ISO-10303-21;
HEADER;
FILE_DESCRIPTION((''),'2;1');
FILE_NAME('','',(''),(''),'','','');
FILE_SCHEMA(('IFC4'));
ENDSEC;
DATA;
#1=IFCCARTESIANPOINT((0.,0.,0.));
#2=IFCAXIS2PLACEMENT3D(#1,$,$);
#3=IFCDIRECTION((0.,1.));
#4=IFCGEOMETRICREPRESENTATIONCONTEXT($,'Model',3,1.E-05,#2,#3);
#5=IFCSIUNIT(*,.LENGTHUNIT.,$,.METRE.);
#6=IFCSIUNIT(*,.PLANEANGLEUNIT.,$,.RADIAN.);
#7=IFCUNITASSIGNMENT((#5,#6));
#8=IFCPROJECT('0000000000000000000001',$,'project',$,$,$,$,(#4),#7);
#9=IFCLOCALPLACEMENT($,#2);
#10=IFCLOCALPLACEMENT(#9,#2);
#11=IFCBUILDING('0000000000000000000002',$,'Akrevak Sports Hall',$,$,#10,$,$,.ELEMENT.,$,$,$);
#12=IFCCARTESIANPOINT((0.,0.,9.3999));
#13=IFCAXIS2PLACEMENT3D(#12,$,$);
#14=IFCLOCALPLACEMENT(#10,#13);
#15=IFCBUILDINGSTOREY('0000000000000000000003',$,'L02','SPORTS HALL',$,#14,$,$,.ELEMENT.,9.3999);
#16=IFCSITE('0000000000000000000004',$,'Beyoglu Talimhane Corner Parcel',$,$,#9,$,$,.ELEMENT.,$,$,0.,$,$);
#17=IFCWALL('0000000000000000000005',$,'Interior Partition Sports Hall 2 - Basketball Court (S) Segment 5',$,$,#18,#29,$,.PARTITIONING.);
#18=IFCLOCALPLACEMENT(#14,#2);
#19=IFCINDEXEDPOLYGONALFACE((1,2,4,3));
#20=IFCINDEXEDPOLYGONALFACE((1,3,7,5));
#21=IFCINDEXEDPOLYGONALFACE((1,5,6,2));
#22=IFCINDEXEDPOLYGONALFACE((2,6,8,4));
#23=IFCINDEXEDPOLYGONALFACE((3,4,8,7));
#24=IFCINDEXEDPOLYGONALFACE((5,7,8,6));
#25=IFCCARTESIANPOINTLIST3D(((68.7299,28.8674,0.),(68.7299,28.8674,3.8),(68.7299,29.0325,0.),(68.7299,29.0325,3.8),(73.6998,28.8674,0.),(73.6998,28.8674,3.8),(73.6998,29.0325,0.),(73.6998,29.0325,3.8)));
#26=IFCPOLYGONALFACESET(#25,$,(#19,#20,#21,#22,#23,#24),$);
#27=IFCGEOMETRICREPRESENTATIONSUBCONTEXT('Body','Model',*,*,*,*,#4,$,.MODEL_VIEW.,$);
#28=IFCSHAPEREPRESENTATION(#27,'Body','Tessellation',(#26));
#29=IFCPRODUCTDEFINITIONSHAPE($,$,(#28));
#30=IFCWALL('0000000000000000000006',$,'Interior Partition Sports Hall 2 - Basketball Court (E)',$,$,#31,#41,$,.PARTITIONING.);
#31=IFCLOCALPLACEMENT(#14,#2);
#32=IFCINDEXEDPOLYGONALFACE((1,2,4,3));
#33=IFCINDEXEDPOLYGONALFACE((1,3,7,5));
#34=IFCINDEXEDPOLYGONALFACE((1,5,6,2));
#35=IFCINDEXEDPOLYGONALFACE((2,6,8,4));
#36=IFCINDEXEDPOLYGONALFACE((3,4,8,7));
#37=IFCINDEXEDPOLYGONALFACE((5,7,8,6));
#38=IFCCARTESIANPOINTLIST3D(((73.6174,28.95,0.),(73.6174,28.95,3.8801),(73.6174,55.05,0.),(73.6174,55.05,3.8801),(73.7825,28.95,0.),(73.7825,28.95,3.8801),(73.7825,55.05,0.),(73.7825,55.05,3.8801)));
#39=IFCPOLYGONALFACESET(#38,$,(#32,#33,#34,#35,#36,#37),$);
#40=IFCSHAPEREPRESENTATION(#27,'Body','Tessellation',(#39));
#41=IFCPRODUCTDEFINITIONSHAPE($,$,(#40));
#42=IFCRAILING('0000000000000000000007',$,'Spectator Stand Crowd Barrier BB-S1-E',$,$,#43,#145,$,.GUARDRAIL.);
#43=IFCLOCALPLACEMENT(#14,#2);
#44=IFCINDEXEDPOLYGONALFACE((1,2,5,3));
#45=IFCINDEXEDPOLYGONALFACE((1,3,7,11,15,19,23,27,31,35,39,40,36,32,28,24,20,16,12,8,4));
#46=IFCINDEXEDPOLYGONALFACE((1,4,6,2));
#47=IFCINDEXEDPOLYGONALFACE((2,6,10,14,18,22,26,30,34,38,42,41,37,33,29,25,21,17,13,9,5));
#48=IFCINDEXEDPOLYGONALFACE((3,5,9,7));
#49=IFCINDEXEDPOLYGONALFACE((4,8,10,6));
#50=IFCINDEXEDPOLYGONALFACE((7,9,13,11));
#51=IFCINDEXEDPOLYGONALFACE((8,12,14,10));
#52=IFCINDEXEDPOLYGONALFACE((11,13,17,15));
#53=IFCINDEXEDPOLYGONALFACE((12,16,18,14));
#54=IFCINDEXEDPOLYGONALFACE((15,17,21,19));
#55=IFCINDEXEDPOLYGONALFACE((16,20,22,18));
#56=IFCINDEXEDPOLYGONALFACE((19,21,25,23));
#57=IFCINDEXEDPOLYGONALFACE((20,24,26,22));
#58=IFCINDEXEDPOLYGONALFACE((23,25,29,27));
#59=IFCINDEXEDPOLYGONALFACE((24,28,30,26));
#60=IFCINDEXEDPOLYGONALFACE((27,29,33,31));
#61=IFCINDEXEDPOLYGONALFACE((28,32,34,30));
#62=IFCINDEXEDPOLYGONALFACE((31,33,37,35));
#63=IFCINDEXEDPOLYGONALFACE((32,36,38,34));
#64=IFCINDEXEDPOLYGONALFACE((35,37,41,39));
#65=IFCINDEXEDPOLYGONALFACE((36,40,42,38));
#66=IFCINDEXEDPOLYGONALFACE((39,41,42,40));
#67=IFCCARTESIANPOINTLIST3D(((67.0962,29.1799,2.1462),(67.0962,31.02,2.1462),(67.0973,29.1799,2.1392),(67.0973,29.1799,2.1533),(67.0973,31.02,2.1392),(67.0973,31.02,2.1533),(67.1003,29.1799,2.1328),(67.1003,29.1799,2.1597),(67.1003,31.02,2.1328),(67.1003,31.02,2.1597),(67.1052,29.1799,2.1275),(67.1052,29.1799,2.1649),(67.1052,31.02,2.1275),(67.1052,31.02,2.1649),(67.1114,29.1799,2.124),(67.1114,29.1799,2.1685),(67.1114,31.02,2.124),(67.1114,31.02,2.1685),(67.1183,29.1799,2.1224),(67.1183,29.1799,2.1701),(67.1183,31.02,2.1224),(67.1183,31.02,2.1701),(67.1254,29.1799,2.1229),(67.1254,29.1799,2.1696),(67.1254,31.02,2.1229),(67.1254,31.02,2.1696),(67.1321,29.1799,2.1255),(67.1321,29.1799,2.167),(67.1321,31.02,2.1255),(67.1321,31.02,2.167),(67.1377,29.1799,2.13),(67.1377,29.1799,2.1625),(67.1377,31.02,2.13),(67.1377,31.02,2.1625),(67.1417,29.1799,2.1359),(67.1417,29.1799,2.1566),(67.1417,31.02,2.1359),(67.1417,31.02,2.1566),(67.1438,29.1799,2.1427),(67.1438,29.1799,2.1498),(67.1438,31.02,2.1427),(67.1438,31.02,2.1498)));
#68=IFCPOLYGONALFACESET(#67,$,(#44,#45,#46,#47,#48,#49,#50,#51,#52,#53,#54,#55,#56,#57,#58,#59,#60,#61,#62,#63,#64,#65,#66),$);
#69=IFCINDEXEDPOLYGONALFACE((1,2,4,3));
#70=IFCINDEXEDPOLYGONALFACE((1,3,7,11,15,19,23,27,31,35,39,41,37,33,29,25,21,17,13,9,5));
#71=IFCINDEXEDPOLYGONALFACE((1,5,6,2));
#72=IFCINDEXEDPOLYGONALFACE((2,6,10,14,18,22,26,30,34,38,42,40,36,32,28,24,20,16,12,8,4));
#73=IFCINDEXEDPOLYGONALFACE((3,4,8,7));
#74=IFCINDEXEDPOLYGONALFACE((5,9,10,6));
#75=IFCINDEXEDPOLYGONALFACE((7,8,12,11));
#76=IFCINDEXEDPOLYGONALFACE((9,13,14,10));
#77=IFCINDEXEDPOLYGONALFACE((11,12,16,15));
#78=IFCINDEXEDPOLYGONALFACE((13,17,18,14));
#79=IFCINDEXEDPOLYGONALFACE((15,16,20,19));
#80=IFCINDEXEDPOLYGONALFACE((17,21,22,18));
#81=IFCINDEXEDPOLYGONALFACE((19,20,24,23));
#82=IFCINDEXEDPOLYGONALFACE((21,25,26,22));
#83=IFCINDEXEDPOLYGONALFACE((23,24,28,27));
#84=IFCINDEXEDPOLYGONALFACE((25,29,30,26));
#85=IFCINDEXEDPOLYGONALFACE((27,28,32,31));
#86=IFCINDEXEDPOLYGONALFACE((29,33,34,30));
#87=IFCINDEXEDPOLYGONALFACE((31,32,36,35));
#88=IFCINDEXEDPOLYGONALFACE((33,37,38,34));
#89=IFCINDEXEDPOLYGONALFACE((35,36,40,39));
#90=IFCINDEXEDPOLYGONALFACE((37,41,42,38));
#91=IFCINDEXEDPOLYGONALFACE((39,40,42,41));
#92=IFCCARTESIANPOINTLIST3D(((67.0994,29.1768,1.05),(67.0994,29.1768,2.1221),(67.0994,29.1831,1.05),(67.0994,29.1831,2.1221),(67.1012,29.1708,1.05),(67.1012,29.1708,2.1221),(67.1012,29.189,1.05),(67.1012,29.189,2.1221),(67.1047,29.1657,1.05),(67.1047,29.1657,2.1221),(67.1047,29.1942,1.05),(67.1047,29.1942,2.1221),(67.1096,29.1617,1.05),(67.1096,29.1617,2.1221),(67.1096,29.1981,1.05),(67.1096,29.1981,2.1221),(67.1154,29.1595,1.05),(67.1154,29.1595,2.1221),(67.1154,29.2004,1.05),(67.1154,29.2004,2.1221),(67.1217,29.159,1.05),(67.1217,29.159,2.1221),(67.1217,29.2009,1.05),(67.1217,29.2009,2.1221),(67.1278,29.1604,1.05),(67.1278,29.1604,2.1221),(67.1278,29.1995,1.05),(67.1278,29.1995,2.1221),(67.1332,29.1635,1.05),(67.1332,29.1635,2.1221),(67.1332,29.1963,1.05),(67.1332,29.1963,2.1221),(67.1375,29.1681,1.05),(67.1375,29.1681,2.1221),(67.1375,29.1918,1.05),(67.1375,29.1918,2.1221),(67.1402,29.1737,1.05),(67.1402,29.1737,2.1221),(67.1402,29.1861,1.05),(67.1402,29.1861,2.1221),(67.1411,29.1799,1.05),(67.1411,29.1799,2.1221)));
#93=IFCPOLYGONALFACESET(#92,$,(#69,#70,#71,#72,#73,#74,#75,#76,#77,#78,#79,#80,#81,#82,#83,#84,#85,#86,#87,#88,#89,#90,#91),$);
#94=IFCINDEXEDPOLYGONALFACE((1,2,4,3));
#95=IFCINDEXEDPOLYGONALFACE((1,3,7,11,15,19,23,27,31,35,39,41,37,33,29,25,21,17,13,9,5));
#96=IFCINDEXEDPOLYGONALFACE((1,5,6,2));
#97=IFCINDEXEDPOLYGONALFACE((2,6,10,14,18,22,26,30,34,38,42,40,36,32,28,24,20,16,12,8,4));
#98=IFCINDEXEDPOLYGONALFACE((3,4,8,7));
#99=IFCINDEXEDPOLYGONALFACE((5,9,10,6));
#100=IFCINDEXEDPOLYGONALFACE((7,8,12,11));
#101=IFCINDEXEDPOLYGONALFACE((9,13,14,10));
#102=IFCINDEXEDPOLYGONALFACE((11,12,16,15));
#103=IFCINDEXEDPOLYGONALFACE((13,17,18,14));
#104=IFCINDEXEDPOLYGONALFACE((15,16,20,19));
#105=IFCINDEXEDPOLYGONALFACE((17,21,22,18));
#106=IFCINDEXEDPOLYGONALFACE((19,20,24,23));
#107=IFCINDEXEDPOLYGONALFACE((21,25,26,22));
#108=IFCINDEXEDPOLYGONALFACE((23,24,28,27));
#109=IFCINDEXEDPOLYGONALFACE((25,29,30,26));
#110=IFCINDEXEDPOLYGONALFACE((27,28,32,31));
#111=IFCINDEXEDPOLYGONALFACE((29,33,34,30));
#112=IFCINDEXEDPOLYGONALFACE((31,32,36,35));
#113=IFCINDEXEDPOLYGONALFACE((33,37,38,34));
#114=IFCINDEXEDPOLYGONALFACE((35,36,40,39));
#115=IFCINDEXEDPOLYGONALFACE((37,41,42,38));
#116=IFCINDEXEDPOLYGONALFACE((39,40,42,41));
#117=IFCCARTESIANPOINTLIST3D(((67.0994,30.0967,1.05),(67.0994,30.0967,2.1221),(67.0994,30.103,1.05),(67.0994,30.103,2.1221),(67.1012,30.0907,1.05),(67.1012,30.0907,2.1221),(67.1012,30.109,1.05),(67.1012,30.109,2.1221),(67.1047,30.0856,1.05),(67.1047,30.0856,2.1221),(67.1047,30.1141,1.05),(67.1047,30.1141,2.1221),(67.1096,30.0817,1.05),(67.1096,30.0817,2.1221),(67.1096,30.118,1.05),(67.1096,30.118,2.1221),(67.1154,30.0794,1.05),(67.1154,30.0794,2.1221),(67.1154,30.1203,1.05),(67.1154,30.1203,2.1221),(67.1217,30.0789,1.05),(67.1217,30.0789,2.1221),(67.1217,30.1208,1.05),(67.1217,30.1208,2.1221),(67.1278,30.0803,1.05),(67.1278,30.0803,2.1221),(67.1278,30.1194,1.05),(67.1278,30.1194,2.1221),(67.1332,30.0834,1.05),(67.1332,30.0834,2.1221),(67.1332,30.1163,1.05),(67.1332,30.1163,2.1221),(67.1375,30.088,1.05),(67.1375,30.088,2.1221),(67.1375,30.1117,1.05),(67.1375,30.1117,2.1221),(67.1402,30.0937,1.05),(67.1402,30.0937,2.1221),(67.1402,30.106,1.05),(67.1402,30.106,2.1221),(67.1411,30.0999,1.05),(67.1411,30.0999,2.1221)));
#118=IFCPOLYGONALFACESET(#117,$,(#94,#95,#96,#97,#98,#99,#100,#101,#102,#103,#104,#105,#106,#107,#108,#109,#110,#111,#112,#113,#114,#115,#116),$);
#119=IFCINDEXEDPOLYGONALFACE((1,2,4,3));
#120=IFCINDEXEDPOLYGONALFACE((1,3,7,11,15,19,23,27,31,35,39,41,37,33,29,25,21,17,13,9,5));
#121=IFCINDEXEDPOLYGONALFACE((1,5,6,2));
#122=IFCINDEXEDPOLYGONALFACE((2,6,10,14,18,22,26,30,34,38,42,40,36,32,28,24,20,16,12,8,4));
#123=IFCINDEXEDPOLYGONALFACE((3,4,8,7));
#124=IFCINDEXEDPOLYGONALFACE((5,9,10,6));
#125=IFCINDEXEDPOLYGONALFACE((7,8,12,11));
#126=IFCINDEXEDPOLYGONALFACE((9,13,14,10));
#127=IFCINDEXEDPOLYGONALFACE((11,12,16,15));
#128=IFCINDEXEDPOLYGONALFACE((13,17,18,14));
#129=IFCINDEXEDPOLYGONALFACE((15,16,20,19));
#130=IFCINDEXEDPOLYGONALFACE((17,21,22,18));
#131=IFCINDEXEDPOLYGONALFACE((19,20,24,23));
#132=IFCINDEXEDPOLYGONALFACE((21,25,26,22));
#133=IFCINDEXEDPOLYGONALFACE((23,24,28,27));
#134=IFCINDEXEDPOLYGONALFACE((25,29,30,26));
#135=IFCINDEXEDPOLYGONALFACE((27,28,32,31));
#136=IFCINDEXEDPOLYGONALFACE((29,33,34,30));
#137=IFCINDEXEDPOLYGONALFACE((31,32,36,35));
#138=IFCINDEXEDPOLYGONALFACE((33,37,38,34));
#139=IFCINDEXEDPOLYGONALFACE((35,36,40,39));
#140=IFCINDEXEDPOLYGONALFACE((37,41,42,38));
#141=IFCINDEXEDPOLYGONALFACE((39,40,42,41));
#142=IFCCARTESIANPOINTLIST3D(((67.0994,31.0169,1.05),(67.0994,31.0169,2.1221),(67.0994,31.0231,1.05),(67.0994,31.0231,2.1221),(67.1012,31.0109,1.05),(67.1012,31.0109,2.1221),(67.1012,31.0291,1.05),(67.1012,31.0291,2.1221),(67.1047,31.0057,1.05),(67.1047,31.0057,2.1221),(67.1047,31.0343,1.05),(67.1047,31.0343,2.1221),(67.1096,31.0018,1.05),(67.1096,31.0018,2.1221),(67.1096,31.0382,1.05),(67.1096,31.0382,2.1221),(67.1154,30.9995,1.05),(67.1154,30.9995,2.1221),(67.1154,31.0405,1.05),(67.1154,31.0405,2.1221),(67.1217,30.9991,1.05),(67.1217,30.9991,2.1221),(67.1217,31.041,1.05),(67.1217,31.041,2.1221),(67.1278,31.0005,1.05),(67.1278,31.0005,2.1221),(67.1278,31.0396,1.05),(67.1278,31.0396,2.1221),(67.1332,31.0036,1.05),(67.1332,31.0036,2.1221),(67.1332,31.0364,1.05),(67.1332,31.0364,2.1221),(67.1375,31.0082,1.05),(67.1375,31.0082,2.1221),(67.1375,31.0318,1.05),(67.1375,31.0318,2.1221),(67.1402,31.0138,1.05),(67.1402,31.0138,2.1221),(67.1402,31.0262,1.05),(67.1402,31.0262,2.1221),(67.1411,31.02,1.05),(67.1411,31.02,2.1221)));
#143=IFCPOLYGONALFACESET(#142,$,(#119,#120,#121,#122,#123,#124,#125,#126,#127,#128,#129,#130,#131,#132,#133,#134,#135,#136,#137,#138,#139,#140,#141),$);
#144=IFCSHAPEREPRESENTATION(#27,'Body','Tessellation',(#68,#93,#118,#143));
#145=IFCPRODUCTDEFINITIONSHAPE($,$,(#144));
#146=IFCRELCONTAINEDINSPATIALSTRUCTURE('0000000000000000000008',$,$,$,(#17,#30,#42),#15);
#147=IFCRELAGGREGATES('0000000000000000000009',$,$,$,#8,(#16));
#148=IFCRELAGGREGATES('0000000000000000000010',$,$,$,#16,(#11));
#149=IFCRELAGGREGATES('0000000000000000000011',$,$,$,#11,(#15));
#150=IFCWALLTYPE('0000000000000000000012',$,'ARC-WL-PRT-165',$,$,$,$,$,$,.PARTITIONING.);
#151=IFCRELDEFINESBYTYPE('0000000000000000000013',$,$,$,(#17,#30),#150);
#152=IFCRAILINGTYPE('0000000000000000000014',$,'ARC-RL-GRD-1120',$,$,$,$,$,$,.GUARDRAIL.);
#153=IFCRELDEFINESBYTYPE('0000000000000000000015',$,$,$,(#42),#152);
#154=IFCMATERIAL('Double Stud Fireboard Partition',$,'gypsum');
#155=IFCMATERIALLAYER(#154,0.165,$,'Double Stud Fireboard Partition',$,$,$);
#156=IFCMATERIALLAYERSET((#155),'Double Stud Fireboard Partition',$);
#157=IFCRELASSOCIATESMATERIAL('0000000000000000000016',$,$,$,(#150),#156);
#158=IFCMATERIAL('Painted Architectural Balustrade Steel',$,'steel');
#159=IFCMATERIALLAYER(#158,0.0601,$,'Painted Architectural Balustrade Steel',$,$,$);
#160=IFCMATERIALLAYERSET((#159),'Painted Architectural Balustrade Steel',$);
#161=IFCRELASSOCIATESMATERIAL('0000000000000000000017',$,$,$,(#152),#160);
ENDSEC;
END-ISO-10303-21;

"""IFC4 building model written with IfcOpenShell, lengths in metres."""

from ifc_helpers import new_model, si_unit, direction, frame, frame_2d, origin, origin_2d, place, context, subcontext, project, spatial, rectangle, circle, extrude, material, layer, layer_set, type_object, element, save


model = new_model("IFC4")

# Units and contexts
model_context = context("Model", 3, precision=1e-05, world=origin(), true_north=direction((0.0, 1.0)))
body_context = subcontext(model_context, "Body", "Model", "MODEL_VIEW")
ifc_project = project(units=[si_unit("LENGTHUNIT", "METRE"), si_unit("PLANEANGLEUNIT", "RADIAN")], contexts=[model_context])

# Site, building, storey
site_placement = place(None, origin())
site = spatial("IfcSite", under=ifc_project, at=site_placement, Name="Beyoglu Talimhane Corner Parcel", CompositionType="ELEMENT", RefElevation=0.0)
building_placement = place(site_placement, origin())
building = spatial("IfcBuilding", under=site, at=building_placement, Name="Akrevak Sports Hall", CompositionType="ELEMENT")
storey_placement = place(building_placement, frame((0.0, 0.0, 9.3999)))
storey = spatial("IfcBuildingStorey", under=building, at=storey_placement, Name="L02", Description="SPORTS HALL", CompositionType="ELEMENT", Elevation=9.3999)

# Walls
ifc_material_1 = material(Name="Double Stud Fireboard Partition", Category="gypsum")
ifc_layer_1 = layer(ifc_material_1, 0.165, Name="Double Stud Fireboard Partition")
ifc_layer_set_1 = layer_set([ifc_layer_1], Name="Double Stud Fireboard Partition")
wall_type = type_object("IfcWallType", Name="ARC-WL-PRT-165", PredefinedType="PARTITIONING", material=ifc_layer_set_1)
wall_1_placement = place(storey_placement, frame((68.73, 28.95, 0.0), z_axis=(0.0, 0.0, 1.0), x_axis=(1.0, 0.0, 0.0)))
element("IfcWall", 1, at=wall_1_placement, inside=storey, type_object=wall_type, Name="Interior Partition Sports Hall 2 - Basketball Court (S) Segment 5", PredefinedType="PARTITIONING", context=body_context, shape_type="SweptSolid", body=[
    extrude(rectangle(XDim=4.97, YDim=0.165, at=frame_2d((2.4849, 0.0))), origin(), (0.0, 0.0, 1.0), 3.8),
])
wall_2_placement = place(storey_placement, frame((73.7, 28.95, 0.0), z_axis=(0.0, 0.0, 1.0), x_axis=(0.0, 1.0, 0.0)))
element("IfcWall", 2, at=wall_2_placement, inside=storey, type_object=wall_type, Name="Interior Partition Sports Hall 2 - Basketball Court (E)", PredefinedType="PARTITIONING", context=body_context, shape_type="SweptSolid", body=[
    extrude(rectangle(XDim=26.1001, YDim=0.165, at=frame_2d((13.05, 0.0))), origin(), (0.0, 0.0, 1.0), 3.8801),
])

# Railing
ifc_material_2 = material(Name="Painted Architectural Balustrade Steel", Category="steel")
ifc_layer_2 = layer(ifc_material_2, 0.0601, Name="Painted Architectural Balustrade Steel")
ifc_layer_set_2 = layer_set([ifc_layer_2], Name="Painted Architectural Balustrade Steel")
railing_type = type_object("IfcRailingType", Name="ARC-RL-GRD-1120", PredefinedType="GUARDRAIL", material=ifc_layer_set_2)
railing_1_placement = place(storey_placement, frame((67.1201, 29.1799, 1.05)))
element("IfcRailing", 3, at=railing_1_placement, inside=storey, type_object=railing_type, Name="Spectator Stand Crowd Barrier BB-S1-E", PredefinedType="GUARDRAIL", context=body_context, shape_type="SweptSolid", body=[
    extrude(circle(Radius=0.0239, at=origin_2d()), frame((0.0, 0.0, 1.0962), z_axis=(0.0, 1.0, 0.0), x_axis=(-1.0, 0.0, 0.0)), (0.0, 0.0, 1.0), 1.8401),
    extrude(circle(Radius=0.021, at=origin_2d()), origin(), (0.0, 0.0, 1.0), 1.072),
    extrude(circle(Radius=0.021, at=origin_2d()), frame((0.0, 0.9199, 0.0)), (0.0, 0.0, 1.0), 1.072),
    extrude(circle(Radius=0.021, at=origin_2d()), frame((0.0, 1.8401, 0.0)), (0.0, 0.0, 1.0), 1.072),
])

save(model, "model.ifc")
